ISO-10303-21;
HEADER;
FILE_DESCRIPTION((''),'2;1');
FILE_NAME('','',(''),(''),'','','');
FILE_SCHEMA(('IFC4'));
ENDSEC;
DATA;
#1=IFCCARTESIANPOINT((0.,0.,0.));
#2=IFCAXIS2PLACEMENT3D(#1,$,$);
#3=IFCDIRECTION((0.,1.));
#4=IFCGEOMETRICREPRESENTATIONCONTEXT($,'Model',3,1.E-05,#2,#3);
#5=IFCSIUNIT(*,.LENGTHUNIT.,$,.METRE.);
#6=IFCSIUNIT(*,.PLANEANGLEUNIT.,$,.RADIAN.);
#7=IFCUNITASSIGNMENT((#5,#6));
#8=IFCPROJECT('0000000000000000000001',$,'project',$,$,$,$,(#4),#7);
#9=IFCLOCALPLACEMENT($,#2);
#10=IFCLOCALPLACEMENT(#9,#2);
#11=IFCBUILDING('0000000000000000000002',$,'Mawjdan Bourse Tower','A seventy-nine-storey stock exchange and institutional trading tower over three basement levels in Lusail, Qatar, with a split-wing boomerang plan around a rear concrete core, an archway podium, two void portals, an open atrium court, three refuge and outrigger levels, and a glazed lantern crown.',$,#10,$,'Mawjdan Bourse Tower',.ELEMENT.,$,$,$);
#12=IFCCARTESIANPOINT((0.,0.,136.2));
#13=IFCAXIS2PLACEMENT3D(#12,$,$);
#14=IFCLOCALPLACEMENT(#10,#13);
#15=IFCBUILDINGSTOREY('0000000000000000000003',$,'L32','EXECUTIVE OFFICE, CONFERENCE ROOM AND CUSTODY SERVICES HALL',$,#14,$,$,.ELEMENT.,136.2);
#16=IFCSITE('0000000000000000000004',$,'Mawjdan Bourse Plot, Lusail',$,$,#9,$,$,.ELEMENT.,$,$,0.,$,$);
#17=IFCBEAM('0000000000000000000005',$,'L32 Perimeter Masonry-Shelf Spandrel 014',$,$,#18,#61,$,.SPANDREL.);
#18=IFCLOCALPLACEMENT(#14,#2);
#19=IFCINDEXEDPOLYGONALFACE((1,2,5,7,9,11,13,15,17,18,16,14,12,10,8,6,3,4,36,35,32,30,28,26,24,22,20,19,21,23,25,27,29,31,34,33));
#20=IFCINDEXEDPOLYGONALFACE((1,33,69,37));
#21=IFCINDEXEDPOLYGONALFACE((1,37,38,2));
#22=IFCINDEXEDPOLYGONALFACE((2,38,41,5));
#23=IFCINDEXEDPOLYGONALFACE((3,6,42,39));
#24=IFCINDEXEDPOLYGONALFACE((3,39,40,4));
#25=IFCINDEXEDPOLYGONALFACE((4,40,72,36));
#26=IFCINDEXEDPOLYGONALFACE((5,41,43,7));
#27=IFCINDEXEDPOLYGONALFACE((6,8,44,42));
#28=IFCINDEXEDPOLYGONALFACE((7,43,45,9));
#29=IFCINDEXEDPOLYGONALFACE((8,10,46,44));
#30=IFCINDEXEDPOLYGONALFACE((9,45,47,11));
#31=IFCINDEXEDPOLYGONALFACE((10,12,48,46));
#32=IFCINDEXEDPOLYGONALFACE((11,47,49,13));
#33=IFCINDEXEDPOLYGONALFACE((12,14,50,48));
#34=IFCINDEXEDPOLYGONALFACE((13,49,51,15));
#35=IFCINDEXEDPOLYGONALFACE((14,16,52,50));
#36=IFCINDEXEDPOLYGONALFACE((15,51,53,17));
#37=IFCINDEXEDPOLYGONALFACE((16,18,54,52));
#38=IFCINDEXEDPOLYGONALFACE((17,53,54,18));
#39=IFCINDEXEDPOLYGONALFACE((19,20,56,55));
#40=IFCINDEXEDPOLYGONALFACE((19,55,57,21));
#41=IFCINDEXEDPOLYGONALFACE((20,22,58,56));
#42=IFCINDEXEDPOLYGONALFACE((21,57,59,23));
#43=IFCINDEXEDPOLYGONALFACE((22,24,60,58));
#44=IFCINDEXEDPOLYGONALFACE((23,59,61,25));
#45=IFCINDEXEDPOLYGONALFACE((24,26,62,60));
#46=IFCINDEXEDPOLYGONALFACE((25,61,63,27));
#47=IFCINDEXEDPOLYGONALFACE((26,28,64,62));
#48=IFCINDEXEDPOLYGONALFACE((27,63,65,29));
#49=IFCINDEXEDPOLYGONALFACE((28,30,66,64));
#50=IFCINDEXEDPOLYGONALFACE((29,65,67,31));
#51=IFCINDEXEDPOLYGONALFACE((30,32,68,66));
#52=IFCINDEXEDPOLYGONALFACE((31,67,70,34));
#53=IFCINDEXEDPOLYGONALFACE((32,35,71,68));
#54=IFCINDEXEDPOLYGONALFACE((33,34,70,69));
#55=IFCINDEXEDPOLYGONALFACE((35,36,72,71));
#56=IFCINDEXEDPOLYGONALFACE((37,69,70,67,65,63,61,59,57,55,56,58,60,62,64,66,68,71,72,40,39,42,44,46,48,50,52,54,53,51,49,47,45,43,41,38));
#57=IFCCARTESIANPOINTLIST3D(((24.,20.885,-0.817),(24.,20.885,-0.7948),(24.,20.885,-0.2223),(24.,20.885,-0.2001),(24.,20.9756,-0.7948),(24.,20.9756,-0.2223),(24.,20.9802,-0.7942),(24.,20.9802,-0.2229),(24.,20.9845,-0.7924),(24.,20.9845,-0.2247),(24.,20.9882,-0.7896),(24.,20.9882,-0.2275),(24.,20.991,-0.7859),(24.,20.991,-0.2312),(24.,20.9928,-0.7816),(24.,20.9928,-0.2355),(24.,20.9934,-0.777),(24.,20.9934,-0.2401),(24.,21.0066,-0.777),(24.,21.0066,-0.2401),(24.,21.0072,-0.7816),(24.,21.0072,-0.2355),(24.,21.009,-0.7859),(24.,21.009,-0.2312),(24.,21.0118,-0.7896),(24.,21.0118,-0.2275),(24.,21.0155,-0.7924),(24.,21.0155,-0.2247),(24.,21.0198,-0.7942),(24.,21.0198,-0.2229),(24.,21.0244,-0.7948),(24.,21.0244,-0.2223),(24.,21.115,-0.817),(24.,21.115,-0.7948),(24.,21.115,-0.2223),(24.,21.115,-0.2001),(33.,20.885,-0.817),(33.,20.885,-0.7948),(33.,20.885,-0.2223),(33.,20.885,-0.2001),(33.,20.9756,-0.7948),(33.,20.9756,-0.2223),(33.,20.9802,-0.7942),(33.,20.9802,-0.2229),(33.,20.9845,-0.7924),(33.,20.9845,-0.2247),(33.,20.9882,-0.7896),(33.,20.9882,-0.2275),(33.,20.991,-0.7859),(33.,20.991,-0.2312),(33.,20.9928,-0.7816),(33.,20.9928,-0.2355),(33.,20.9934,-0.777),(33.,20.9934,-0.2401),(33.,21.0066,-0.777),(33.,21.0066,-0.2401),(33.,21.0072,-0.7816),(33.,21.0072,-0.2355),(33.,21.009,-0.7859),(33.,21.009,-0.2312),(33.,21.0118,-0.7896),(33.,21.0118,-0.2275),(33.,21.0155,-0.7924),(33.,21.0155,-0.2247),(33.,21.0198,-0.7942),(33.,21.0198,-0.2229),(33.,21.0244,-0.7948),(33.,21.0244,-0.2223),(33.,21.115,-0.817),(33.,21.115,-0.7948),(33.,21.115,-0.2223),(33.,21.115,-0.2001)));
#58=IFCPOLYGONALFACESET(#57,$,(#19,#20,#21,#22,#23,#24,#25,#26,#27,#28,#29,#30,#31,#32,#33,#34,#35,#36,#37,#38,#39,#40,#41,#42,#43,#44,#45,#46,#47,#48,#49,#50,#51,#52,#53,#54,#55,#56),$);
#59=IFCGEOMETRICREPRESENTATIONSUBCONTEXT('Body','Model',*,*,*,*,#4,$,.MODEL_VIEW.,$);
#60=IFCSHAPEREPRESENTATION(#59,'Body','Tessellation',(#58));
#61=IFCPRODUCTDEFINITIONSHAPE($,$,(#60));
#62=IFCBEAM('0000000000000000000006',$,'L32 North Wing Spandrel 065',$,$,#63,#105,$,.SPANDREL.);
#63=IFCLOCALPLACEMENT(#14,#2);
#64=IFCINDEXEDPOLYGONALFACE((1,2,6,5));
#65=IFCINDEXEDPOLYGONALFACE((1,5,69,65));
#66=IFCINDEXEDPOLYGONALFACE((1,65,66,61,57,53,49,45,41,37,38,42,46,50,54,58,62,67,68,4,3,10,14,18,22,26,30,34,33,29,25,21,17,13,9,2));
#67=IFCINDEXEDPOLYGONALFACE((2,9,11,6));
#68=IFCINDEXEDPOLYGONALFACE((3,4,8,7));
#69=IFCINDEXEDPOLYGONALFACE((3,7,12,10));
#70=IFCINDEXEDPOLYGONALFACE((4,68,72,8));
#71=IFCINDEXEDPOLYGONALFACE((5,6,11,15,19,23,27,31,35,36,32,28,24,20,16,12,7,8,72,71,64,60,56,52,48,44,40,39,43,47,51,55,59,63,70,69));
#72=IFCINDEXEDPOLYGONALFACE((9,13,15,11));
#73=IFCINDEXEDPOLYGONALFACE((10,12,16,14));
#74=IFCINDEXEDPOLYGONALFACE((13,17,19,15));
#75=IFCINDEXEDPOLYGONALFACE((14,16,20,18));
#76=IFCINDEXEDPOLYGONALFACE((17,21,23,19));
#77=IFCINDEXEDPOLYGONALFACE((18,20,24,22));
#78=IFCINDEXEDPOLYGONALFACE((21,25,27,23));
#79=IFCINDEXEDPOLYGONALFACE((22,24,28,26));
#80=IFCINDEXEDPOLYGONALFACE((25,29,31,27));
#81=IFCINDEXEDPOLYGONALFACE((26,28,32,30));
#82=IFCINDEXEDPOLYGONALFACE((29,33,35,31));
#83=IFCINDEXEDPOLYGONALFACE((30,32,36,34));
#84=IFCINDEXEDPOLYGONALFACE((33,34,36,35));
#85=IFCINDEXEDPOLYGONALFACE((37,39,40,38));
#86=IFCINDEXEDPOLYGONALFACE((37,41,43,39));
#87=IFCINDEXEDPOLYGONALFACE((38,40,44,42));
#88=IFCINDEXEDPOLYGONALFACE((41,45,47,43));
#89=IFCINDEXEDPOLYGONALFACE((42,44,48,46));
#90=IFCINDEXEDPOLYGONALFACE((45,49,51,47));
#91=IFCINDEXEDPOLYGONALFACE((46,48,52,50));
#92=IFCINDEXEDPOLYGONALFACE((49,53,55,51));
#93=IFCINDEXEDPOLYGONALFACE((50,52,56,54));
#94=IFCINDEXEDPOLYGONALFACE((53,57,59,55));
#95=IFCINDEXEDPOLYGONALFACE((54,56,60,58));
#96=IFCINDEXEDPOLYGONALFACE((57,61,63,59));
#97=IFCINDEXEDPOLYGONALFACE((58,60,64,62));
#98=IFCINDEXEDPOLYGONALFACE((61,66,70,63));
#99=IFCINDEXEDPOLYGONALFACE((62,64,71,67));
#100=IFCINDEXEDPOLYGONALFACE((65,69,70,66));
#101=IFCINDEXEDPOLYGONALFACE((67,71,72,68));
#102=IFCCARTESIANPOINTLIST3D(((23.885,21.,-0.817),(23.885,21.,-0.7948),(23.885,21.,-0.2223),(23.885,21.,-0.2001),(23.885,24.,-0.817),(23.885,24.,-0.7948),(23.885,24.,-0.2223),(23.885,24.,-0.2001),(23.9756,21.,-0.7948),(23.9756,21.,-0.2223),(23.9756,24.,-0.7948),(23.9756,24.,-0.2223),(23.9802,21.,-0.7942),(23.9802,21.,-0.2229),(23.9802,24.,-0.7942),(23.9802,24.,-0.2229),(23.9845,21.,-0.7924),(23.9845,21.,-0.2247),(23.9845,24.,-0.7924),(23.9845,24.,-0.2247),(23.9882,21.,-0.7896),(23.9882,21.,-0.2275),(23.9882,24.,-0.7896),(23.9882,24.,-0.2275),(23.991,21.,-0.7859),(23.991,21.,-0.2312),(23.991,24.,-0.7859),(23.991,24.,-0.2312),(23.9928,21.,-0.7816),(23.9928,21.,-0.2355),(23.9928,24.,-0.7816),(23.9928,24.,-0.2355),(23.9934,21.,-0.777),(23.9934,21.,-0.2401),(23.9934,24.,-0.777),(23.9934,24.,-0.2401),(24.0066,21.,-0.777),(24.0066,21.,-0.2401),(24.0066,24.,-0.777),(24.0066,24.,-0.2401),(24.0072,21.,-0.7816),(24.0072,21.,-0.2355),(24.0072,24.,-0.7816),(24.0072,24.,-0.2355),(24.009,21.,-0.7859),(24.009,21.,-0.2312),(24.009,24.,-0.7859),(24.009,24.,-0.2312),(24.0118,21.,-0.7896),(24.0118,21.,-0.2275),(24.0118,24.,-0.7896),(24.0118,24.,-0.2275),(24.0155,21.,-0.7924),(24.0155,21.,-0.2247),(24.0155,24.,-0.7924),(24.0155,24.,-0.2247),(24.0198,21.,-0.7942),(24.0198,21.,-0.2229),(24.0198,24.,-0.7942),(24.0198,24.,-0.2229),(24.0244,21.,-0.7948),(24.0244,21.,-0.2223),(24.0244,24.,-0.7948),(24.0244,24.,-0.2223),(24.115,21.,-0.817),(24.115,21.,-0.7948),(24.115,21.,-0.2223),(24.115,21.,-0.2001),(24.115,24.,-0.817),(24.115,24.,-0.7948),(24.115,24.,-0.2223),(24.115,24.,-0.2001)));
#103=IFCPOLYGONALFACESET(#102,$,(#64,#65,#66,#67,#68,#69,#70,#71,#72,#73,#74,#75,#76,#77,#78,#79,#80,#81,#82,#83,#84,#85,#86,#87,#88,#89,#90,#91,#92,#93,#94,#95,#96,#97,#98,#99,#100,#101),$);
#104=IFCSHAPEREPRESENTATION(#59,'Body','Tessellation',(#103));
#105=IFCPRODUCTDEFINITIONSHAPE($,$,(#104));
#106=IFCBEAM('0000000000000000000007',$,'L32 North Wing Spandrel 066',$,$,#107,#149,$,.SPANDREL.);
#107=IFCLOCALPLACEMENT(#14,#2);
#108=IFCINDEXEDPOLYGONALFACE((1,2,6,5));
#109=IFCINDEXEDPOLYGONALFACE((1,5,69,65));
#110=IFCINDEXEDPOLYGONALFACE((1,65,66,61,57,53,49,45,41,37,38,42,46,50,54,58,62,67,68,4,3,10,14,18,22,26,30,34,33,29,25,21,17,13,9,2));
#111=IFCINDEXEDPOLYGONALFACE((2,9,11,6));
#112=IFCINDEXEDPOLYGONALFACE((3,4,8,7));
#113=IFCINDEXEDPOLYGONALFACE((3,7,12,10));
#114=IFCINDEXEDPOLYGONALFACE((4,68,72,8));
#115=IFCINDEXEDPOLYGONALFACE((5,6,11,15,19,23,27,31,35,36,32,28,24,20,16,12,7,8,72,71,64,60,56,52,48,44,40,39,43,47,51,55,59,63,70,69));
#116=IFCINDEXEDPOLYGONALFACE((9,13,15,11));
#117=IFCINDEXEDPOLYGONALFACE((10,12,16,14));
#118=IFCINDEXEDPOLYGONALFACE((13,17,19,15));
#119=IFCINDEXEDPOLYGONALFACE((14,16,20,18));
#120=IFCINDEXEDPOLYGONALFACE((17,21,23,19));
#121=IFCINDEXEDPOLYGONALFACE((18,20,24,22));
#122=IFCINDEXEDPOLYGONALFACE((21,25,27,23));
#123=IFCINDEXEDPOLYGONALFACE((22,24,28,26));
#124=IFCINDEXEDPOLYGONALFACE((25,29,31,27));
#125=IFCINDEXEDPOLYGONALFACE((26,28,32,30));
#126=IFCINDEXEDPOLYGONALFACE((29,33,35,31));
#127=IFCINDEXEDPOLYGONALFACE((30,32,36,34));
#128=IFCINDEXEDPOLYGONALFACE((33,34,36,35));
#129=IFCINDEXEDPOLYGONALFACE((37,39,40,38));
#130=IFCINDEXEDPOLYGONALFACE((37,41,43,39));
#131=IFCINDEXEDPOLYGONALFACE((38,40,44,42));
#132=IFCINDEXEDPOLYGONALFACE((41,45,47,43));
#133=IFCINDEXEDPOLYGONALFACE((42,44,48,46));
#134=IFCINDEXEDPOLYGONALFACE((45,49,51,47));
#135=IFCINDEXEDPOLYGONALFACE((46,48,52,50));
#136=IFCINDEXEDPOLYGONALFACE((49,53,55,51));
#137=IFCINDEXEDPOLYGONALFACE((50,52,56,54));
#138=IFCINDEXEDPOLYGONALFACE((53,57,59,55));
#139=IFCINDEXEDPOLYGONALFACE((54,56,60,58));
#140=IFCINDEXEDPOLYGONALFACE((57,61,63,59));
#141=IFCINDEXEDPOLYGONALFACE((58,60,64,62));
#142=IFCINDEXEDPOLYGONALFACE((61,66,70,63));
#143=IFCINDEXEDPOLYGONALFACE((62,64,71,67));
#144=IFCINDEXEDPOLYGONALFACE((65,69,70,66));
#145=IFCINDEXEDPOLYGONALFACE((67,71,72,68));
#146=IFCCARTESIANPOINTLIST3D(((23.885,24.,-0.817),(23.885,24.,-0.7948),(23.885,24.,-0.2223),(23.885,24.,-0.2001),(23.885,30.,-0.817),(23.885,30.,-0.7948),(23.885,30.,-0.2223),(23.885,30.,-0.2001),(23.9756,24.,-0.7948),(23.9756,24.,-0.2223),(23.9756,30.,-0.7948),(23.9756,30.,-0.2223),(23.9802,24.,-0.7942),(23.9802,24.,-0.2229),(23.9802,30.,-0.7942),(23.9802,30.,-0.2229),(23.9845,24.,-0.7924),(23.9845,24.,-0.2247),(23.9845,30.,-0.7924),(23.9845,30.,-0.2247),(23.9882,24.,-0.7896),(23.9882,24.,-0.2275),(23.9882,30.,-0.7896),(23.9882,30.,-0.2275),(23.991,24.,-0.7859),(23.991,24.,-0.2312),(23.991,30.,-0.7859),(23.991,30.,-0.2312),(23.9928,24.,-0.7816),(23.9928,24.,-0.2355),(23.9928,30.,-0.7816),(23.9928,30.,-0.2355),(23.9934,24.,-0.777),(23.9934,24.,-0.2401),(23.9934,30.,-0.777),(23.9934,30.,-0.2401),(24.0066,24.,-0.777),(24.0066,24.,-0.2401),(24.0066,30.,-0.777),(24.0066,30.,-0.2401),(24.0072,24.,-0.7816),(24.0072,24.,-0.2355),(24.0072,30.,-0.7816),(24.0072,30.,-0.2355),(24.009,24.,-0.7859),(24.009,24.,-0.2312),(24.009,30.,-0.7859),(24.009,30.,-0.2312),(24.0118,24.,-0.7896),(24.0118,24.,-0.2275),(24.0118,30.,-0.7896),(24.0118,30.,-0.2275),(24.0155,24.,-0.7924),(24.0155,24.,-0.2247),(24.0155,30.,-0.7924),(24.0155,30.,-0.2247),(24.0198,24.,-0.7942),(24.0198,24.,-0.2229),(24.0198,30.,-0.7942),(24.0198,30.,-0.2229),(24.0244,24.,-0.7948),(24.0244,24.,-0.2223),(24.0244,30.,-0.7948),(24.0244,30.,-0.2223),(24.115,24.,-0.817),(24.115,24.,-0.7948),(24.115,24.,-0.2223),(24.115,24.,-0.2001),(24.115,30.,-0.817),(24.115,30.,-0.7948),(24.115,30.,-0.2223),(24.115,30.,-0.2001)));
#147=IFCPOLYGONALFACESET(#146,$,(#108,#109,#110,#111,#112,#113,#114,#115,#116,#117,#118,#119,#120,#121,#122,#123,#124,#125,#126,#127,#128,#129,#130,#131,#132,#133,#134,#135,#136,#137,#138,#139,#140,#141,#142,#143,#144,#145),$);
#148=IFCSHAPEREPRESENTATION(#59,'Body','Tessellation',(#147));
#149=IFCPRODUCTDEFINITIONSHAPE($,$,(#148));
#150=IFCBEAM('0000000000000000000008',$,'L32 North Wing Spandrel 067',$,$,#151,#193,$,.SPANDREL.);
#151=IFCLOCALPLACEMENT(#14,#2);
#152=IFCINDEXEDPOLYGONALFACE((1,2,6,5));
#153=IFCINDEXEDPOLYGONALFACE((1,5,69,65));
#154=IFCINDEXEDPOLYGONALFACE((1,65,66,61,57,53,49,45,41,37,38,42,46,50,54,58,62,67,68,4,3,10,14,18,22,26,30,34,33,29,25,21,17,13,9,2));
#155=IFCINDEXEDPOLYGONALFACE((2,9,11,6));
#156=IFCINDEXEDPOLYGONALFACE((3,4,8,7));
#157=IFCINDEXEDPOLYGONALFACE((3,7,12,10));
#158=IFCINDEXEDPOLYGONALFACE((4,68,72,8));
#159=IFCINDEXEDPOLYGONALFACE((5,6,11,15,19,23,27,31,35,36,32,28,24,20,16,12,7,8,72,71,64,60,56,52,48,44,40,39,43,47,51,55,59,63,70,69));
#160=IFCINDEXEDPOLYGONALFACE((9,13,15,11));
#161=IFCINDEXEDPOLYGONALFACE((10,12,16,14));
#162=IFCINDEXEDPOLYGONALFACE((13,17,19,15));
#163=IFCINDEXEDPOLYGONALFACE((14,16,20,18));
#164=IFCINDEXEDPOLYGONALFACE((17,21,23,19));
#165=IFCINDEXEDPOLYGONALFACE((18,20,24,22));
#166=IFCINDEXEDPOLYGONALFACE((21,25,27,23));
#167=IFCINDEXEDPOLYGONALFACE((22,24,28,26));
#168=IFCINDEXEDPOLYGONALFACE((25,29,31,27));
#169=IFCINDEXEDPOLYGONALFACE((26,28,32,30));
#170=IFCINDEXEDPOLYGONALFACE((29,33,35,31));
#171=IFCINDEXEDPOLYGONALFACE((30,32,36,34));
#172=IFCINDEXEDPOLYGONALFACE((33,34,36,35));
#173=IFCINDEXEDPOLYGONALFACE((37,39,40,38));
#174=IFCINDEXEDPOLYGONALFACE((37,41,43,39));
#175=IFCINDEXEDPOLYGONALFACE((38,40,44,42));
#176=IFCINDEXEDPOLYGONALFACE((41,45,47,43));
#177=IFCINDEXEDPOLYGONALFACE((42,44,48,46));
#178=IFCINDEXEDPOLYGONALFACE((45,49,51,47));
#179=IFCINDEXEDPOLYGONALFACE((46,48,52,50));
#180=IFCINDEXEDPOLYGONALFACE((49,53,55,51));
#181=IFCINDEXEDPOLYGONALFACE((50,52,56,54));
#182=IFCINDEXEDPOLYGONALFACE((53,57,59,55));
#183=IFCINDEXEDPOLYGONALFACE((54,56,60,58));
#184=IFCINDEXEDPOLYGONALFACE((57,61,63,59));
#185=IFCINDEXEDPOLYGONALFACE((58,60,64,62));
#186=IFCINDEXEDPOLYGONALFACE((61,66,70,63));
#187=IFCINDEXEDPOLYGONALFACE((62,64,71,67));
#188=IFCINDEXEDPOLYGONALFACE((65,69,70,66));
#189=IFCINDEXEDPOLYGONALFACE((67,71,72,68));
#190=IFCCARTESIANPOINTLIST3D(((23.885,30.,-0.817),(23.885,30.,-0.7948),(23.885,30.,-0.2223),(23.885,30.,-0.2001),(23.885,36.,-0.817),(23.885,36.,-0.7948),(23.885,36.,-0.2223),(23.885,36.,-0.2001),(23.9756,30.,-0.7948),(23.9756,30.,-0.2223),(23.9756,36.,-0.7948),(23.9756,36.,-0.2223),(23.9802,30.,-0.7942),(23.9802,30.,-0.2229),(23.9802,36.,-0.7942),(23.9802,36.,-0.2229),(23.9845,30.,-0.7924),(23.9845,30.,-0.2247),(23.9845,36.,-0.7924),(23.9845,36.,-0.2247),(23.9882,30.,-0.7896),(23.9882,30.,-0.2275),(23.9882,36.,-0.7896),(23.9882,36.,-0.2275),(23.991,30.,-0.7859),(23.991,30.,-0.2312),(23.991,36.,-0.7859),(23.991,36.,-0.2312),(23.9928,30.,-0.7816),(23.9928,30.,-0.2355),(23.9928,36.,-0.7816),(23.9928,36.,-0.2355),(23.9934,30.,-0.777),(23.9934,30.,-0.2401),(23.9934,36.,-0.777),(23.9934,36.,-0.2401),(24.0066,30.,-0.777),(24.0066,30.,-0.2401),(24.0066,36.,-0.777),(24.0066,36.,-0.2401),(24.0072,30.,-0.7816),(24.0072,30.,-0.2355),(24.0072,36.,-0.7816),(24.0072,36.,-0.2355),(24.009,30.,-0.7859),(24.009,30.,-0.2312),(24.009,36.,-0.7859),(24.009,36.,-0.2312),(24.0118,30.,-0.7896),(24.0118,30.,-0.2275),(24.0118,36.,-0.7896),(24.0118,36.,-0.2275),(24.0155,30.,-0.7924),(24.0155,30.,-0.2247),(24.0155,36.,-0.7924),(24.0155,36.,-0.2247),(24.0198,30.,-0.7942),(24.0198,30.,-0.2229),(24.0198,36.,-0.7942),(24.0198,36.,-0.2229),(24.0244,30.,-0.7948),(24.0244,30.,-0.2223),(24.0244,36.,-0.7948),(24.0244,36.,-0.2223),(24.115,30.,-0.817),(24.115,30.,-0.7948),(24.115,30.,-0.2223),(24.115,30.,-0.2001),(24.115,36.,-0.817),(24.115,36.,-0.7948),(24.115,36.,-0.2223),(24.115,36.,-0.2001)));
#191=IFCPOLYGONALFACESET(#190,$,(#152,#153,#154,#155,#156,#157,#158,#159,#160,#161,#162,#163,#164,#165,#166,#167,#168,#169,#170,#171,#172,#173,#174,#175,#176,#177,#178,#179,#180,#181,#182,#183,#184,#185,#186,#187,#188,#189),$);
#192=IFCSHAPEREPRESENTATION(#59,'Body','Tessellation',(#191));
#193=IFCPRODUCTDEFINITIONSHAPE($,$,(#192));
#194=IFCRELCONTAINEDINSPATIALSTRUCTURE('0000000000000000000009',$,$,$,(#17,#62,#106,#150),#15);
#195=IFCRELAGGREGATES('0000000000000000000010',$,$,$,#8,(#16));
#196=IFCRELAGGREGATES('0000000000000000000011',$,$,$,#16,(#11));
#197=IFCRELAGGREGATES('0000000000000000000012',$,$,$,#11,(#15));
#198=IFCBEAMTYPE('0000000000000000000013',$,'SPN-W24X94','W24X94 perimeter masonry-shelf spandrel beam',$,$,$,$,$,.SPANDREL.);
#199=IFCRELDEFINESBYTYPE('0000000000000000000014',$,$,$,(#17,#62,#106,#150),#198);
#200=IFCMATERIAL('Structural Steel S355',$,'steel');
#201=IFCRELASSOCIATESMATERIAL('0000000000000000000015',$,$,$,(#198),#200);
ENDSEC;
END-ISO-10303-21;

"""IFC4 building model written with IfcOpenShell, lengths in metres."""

from ifc_helpers import new_model, si_unit, direction, frame, origin, origin_2d, place, context, subcontext, project, spatial, i_section, extrude, material, material_profile, profile_set, type_object, element, save


model = new_model("IFC4")

# Units and contexts
model_context = context("Model", 3, precision=1e-05, world=origin(), true_north=direction((0.0, 1.0)))
body_context = subcontext(model_context, "Body", "Model", "MODEL_VIEW")
ifc_project = project(units=[si_unit("LENGTHUNIT", "METRE"), si_unit("PLANEANGLEUNIT", "RADIAN")], contexts=[model_context])

# Site, building, storey
site_placement = place(None, origin())
site = spatial("IfcSite", under=ifc_project, at=site_placement, Name="Mawjdan Bourse Plot, Lusail", CompositionType="ELEMENT", RefElevation=0.0)
building_placement = place(site_placement, origin())
building = spatial("IfcBuilding", under=site, at=building_placement, Name="Mawjdan Bourse Tower", Description="A seventy-nine-storey stock exchange and institutional trading tower over three basement levels in Lusail, Qatar, with a split-wing boomerang plan around a rear concrete core, an archway podium, two void portals, an open atrium court, three refuge and outrigger levels, and a glazed lantern crown.", LongName="Mawjdan Bourse Tower", CompositionType="ELEMENT")
storey_placement = place(building_placement, frame((0.0, 0.0, 136.2)))
storey = spatial("IfcBuildingStorey", under=building, at=storey_placement, Name="L32", Description="EXECUTIVE OFFICE, CONFERENCE ROOM AND CUSTODY SERVICES HALL", CompositionType="ELEMENT", Elevation=136.2)

# Beams
ifc_material_1 = material(Name="Structural Steel S355", Category="steel")
ifc_material_profile_1 = material_profile(ifc_material_1, i_section(OverallWidth=0.23, OverallDepth=0.6169, WebThickness=0.0132, FlangeThickness=0.0222, FilletRadius=0.0178, at=origin_2d()), Name="W24X94")
ifc_profile_set_1 = profile_set([ifc_material_profile_1], Name="Structural Steel S355")
beam_type_1 = type_object("IfcBeamType", Name="SPN-W24X94", Description="W24X94 perimeter masonry-shelf spandrel beam", PredefinedType="SPANDREL", material=ifc_profile_set_1)
beam_1_placement = place(storey_placement, frame((24.0, 21.0, -0.5085), z_axis=(1.0, 0.0, 0.0), x_axis=(0.0, 1.0, 0.0)))
element("IfcBeam", 1, at=beam_1_placement, inside=storey, type_object=beam_type_1, Name="L32 Perimeter Masonry-Shelf Spandrel 014", PredefinedType="SPANDREL", context=body_context, shape_type="SweptSolid", body=[
    extrude(i_section(OverallWidth=0.23, OverallDepth=0.6169, WebThickness=0.0132, FlangeThickness=0.0222, FilletRadius=0.0178, at=origin_2d()), origin(), (0.0, 0.0, 1.0), 9.0),
])
beam_2_placement = place(storey_placement, frame((24.0, 21.0, -0.5085), z_axis=(0.0, 1.0, 0.0), x_axis=(-1.0, 0.0, 0.0)))
element("IfcBeam", 2, at=beam_2_placement, inside=storey, type_object=beam_type_1, Name="L32 North Wing Spandrel 065", PredefinedType="SPANDREL", context=body_context, shape_type="SweptSolid", body=[
    extrude(i_section(OverallWidth=0.23, OverallDepth=0.6169, WebThickness=0.0132, FlangeThickness=0.0222, FilletRadius=0.0178, at=origin_2d()), origin(), (0.0, 0.0, 1.0), 3.0),
])
for number, where, z_axis, x_axis, name in (
    (3, (24.0, 24.0, -0.5085), (0.0, 1.0, 0.0), (-1.0, 0.0, 0.0), "L32 North Wing Spandrel 066"),
    (4, (24.0, 30.0, -0.5085), (0.0, 1.0, 0.0), (-1.0, 0.0, 0.0), "L32 North Wing Spandrel 067"),
):
    element("IfcBeam", number, at=place(storey_placement, frame(where, z_axis=z_axis, x_axis=x_axis)), inside=storey, type_object=beam_type_1, Name=name, PredefinedType="SPANDREL", context=body_context, shape_type="SweptSolid", body=[
        extrude(i_section(OverallWidth=0.23, OverallDepth=0.6169, WebThickness=0.0132, FlangeThickness=0.0222, FilletRadius=0.0178, at=origin_2d()), origin(), (0.0, 0.0, 1.0), 6.0),
    ])

save(model, "model.ifc")
